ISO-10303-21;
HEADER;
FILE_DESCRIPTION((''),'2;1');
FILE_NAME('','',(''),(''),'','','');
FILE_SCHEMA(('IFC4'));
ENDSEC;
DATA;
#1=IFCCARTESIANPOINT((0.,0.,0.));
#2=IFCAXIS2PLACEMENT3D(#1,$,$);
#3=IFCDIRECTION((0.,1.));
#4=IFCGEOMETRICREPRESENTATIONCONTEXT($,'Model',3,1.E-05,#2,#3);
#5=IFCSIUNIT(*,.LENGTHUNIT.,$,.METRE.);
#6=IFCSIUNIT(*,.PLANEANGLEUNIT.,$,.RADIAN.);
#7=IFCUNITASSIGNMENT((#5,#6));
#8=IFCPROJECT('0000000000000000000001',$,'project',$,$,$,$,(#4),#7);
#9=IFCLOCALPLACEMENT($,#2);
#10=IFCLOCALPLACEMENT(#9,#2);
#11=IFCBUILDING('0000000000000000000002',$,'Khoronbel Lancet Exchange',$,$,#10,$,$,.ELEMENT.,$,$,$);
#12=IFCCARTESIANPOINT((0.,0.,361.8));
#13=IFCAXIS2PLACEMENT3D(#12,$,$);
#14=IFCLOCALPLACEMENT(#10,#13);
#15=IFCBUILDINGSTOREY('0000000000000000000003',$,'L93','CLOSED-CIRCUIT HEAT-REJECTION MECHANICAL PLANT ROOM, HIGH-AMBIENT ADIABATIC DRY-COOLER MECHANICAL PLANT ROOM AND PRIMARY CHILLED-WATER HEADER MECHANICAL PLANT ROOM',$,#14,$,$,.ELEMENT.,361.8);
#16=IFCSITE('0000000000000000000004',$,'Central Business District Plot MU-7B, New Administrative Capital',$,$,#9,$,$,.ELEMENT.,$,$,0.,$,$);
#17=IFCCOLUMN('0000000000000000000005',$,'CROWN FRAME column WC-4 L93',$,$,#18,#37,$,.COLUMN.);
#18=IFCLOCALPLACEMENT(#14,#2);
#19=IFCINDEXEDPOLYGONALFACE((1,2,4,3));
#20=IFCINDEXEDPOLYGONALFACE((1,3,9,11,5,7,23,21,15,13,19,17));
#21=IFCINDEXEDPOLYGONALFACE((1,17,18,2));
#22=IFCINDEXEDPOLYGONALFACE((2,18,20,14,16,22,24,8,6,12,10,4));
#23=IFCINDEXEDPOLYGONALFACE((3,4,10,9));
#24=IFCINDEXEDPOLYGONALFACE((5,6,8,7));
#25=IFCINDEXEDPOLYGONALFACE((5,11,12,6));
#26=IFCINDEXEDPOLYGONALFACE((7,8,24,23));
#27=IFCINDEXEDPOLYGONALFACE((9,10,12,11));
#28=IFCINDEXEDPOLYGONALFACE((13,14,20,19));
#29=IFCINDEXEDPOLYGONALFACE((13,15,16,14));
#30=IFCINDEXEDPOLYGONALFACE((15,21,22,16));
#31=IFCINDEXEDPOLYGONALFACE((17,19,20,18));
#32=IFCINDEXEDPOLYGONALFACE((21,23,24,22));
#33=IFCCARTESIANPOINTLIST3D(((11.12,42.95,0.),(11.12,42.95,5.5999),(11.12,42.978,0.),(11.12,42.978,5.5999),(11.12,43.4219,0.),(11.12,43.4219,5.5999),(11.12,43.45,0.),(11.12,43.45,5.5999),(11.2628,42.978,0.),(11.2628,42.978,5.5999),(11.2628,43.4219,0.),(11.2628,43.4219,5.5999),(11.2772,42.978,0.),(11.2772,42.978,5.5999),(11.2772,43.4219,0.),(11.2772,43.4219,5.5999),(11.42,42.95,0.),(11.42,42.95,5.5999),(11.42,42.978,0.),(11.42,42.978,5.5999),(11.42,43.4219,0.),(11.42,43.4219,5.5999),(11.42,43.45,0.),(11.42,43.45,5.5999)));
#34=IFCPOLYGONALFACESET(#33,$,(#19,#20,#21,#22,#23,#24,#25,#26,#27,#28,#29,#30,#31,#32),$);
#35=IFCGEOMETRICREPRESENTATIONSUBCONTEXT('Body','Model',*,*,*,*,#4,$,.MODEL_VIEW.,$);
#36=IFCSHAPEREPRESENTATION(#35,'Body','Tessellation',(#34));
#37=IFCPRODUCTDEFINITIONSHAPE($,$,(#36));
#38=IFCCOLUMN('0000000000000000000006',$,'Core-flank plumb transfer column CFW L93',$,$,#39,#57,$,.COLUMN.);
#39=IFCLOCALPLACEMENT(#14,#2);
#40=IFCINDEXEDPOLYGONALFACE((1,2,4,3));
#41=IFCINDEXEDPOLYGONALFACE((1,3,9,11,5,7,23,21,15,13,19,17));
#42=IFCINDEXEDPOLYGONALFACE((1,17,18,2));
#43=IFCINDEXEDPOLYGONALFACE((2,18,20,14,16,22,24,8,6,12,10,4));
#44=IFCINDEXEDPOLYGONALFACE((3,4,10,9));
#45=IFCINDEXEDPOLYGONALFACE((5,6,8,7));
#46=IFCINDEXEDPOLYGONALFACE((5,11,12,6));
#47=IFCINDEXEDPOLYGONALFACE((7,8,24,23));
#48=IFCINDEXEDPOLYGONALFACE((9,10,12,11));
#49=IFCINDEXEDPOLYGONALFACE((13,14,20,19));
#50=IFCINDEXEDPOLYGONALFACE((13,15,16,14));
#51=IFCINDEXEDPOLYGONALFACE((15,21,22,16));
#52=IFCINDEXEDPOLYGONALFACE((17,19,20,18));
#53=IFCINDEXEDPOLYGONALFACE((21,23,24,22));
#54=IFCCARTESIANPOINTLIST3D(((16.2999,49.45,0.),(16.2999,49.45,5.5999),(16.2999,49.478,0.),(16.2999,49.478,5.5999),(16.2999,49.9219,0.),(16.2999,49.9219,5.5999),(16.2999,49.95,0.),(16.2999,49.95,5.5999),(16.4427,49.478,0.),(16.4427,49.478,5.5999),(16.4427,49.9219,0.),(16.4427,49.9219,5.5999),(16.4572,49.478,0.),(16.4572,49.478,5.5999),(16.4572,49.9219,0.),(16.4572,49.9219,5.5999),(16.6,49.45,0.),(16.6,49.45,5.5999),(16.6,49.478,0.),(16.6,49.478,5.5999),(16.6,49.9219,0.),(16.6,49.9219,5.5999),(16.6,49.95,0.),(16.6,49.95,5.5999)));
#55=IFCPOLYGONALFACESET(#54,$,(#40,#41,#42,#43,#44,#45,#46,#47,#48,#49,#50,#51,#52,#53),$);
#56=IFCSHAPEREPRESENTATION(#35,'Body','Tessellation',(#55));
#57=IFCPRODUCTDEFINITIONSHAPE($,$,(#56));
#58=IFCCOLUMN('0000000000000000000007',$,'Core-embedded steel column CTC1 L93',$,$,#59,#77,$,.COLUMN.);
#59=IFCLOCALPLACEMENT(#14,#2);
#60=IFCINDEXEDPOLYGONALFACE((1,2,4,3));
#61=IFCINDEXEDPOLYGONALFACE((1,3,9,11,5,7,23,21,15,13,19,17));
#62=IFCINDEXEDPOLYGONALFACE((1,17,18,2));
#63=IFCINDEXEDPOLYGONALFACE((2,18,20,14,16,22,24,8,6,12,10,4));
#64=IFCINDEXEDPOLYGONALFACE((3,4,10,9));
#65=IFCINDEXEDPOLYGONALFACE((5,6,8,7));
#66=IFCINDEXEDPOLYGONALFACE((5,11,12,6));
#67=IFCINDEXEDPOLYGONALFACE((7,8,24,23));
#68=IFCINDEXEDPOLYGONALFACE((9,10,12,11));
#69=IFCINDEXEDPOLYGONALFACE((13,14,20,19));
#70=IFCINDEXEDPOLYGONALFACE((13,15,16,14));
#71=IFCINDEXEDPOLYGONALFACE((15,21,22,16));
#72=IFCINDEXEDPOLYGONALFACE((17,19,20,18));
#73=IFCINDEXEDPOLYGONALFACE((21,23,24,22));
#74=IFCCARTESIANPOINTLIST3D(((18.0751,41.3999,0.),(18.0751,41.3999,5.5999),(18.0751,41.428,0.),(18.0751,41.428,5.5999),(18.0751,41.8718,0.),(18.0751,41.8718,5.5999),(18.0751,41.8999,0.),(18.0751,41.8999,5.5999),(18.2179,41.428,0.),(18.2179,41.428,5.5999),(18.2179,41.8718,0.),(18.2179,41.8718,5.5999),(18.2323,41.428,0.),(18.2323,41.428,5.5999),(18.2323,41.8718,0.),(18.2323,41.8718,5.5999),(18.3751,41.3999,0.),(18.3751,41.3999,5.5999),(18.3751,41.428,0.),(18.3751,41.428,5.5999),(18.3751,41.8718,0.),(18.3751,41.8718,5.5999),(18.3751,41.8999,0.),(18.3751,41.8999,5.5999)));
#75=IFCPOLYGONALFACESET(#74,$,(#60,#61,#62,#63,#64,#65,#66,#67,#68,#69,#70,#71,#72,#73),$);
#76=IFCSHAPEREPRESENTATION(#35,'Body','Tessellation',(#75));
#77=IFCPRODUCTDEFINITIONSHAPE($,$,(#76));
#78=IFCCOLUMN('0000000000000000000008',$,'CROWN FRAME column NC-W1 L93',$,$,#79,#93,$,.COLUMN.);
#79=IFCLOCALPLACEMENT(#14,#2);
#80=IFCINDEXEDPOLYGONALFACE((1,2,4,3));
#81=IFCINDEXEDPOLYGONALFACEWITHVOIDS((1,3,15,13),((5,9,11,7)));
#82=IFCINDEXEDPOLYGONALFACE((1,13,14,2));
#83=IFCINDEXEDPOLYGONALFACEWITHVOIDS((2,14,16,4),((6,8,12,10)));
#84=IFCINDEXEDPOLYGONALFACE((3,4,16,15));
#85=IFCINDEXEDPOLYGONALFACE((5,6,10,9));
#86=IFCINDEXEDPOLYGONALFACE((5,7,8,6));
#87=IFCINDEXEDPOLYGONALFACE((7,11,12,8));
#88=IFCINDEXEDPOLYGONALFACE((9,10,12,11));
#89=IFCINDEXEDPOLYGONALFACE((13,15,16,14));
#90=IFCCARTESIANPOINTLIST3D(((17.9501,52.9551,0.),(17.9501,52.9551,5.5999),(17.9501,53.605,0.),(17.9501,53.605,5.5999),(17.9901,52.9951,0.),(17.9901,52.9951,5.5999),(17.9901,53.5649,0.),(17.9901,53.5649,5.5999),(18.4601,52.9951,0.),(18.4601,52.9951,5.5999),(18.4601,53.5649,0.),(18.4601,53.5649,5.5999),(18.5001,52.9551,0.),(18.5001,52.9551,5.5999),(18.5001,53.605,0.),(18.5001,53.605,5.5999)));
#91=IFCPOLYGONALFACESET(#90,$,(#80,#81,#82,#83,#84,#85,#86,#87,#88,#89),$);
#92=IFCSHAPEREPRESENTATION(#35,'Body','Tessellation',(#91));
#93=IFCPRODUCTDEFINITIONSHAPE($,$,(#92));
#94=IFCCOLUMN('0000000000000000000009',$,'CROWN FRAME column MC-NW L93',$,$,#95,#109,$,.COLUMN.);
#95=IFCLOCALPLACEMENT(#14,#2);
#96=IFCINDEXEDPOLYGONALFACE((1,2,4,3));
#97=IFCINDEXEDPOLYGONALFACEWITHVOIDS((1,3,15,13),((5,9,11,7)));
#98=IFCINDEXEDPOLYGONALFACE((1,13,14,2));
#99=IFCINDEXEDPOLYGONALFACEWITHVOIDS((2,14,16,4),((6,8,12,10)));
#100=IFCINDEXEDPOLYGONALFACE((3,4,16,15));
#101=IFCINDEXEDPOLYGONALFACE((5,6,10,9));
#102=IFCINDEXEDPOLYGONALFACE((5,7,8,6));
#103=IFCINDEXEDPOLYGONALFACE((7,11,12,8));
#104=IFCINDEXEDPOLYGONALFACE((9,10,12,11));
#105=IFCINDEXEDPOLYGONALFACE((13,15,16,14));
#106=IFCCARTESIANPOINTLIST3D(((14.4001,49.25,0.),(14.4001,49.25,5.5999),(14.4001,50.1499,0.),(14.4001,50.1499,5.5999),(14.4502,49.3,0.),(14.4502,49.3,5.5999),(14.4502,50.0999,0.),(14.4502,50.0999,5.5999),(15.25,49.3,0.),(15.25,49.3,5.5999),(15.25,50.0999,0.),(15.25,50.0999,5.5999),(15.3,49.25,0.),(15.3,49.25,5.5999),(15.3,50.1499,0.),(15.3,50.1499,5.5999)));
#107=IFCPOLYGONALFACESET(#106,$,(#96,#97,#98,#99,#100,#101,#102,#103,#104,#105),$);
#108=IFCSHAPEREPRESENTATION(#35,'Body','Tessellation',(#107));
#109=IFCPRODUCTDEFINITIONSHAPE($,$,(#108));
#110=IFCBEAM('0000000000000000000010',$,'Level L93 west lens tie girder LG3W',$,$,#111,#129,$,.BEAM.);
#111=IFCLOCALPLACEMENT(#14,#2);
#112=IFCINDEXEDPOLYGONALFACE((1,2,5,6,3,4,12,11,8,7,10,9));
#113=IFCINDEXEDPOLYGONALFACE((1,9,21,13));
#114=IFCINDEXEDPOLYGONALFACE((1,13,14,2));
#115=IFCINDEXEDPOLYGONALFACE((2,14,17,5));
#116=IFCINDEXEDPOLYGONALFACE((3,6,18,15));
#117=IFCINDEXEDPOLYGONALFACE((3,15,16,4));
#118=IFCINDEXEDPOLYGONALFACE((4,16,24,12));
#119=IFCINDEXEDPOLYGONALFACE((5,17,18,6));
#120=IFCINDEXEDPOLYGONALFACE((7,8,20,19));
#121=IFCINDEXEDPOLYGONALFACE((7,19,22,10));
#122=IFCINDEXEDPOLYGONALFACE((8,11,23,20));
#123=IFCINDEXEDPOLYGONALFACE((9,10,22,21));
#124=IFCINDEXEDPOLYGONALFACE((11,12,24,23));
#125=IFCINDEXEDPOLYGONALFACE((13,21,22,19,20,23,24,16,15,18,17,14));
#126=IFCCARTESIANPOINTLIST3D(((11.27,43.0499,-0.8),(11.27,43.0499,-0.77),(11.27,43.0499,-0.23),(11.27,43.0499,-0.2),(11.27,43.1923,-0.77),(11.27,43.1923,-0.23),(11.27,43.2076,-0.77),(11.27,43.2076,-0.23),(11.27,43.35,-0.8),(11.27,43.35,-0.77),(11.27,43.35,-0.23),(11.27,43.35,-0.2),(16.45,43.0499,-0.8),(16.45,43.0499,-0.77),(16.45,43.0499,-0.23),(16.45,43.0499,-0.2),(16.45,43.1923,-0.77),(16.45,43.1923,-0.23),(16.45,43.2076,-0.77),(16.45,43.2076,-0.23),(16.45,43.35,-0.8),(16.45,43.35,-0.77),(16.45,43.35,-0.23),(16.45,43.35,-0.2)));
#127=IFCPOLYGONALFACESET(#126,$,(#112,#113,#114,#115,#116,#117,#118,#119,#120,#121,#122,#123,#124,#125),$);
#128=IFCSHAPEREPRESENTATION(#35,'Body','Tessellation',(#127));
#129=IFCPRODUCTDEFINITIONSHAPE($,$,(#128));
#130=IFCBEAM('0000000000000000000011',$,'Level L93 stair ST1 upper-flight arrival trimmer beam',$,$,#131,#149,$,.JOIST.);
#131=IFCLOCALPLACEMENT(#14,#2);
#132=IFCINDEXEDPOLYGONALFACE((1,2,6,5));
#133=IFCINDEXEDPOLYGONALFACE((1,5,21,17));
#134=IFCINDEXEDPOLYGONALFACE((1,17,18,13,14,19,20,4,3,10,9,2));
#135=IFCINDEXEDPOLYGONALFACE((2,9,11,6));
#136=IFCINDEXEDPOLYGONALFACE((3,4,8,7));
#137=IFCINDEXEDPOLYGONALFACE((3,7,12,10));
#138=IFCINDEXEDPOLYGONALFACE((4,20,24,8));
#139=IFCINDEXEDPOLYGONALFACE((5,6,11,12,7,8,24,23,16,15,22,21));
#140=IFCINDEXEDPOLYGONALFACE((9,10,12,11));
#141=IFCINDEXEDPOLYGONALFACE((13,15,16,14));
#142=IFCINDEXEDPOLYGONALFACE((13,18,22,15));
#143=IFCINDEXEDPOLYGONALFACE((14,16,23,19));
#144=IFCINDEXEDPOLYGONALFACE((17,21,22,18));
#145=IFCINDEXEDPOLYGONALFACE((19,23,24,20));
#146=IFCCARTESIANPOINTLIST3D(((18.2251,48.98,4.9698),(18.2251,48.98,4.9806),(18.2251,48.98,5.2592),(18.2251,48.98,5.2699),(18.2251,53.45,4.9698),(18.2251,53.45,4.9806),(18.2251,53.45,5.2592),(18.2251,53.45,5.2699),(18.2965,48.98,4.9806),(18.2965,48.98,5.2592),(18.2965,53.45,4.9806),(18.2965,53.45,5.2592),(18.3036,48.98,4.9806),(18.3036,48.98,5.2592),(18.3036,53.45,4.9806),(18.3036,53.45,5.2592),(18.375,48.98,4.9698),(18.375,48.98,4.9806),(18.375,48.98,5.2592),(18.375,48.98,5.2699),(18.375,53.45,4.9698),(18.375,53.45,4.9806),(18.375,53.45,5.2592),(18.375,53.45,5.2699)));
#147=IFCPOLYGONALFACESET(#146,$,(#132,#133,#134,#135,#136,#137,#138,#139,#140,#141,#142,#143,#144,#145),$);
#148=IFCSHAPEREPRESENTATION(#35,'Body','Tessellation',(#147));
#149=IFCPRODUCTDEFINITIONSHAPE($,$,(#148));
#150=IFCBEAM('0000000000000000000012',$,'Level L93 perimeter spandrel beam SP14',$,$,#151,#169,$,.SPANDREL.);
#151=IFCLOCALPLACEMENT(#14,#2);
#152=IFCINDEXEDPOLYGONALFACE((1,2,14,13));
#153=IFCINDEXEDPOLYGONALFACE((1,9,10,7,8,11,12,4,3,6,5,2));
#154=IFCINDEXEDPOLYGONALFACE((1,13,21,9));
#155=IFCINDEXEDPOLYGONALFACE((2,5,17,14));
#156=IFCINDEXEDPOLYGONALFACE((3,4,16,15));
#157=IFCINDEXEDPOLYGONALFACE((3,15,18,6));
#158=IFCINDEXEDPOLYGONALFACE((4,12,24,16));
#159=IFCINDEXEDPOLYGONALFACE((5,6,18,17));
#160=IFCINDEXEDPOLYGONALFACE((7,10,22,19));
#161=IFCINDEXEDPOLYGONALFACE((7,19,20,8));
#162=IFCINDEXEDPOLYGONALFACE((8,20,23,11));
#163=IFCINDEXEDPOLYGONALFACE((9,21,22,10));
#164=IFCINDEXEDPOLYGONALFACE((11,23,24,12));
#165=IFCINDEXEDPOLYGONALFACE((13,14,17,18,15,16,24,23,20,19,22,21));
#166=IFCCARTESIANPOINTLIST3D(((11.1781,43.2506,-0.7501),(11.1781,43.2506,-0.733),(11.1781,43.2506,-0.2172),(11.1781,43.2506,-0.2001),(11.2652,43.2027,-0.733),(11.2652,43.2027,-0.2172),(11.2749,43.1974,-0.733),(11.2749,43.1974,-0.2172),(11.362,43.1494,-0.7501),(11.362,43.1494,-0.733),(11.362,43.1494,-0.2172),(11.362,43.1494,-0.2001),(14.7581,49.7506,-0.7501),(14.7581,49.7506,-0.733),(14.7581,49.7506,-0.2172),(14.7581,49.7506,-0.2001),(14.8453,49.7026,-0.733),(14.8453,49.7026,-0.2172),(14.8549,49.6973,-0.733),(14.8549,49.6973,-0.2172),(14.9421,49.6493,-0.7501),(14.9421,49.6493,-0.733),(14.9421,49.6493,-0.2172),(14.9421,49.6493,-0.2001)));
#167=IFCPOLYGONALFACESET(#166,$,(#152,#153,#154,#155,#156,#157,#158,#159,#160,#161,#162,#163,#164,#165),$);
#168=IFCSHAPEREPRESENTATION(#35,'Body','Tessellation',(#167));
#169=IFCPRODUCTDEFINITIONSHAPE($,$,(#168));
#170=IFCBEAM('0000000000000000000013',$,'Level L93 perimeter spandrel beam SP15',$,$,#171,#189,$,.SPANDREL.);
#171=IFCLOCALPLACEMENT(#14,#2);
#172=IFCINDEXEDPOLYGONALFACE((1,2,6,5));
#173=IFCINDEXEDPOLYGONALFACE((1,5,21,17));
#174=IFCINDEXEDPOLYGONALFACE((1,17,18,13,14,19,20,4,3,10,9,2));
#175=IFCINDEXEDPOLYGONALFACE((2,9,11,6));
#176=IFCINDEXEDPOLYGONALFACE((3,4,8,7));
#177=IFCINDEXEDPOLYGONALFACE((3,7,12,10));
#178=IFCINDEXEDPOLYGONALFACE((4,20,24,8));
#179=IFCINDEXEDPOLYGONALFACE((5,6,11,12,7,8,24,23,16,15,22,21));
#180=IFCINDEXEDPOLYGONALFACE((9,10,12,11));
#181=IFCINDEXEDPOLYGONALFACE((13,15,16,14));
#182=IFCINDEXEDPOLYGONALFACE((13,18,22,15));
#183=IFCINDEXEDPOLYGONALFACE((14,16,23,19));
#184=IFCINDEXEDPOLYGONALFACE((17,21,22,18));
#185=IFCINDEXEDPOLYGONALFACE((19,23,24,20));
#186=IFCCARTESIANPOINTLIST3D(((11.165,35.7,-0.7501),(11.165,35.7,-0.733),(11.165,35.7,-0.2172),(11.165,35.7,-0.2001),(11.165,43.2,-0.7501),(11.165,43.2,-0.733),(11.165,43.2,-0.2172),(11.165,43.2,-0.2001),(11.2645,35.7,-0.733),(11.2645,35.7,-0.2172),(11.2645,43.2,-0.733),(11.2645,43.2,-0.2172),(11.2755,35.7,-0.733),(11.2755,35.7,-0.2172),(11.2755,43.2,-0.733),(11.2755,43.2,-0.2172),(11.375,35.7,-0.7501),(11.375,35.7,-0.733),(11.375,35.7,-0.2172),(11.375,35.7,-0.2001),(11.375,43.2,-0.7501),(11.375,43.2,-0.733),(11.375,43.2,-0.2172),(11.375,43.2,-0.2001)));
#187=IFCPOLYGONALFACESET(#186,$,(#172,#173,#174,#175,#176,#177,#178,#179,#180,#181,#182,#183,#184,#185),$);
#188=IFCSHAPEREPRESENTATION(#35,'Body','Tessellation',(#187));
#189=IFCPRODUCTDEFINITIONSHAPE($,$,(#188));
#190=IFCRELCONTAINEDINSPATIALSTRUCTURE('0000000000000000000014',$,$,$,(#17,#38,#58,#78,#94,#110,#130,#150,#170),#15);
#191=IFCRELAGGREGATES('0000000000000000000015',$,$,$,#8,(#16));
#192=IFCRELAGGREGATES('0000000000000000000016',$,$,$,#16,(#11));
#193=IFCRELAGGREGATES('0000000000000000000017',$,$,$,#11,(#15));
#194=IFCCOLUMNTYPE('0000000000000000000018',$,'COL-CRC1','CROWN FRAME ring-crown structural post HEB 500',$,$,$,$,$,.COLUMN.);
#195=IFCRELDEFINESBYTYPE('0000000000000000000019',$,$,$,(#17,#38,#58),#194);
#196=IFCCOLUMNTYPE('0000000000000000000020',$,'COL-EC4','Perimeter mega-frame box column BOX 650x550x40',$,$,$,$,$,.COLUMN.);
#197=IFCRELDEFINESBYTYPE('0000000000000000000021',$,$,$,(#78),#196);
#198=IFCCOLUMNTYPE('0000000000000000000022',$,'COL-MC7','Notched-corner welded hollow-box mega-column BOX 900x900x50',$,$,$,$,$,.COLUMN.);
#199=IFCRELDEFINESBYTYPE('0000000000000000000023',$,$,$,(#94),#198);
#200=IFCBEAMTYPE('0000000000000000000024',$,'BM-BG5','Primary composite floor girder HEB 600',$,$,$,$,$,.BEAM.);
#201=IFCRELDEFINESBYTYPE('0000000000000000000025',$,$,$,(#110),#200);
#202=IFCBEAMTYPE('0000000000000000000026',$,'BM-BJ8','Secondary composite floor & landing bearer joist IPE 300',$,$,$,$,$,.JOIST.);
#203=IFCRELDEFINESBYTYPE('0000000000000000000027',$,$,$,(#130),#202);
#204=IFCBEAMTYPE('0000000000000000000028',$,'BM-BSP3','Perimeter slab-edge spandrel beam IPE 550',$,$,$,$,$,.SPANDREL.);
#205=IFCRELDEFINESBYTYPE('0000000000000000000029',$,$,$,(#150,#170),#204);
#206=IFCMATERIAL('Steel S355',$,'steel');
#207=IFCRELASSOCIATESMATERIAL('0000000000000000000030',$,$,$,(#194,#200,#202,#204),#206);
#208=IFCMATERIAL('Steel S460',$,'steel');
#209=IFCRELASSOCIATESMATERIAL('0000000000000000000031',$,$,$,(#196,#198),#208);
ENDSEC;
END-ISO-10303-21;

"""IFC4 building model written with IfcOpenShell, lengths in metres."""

from ifc_helpers import new_model, si_unit, direction, frame, origin, origin_2d, place, context, subcontext, project, spatial, hollow_rectangle, i_section, extrude, material, material_profile, profile_set, type_object, element, save


model = new_model("IFC4")

# Units and contexts
model_context = context("Model", 3, precision=1e-05, world=origin(), true_north=direction((0.0, 1.0)))
body_context = subcontext(model_context, "Body", "Model", "MODEL_VIEW")
ifc_project = project(units=[si_unit("LENGTHUNIT", "METRE"), si_unit("PLANEANGLEUNIT", "RADIAN")], contexts=[model_context])

# Site, building, storey
site_placement = place(None, origin())
site = spatial("IfcSite", under=ifc_project, at=site_placement, Name="Central Business District Plot MU-7B, New Administrative Capital", CompositionType="ELEMENT", RefElevation=0.0)
building_placement = place(site_placement, origin())
building = spatial("IfcBuilding", under=site, at=building_placement, Name="Khoronbel Lancet Exchange", CompositionType="ELEMENT")
storey_placement = place(building_placement, frame((0.0, 0.0, 361.8)))
storey = spatial("IfcBuildingStorey", under=building, at=storey_placement, Name="L93", Description="CLOSED-CIRCUIT HEAT-REJECTION MECHANICAL PLANT ROOM, HIGH-AMBIENT ADIABATIC DRY-COOLER MECHANICAL PLANT ROOM AND PRIMARY CHILLED-WATER HEADER MECHANICAL PLANT ROOM", CompositionType="ELEMENT", Elevation=361.8)

# Columns
ifc_material_1 = material(Name="Steel S355", Category="steel")
ifc_material_profile_1 = material_profile(ifc_material_1, i_section(OverallWidth=0.3, OverallDepth=0.5, WebThickness=0.0144, FlangeThickness=0.0281, at=origin_2d()), Name="HEB 500")
ifc_profile_set_1 = profile_set([ifc_material_profile_1], Name="Steel S355")
column_type_1 = type_object("IfcColumnType", Name="COL-CRC1", Description="CROWN FRAME ring-crown structural post HEB 500", PredefinedType="COLUMN", material=ifc_profile_set_1)
for number, where, z_axis, x_axis, name in (
    (1, (11.27, 43.2, 0.0), (0.0, 0.0, 1.0), (1.0, 0.0, 0.0), "CROWN FRAME column WC-4 L93"),
    (2, (16.45, 49.7, 0.0), (0.0, 0.0, 1.0), (1.0, 0.0, 0.0), "Core-flank plumb transfer column CFW L93"),
    (3, (18.2251, 41.6499, 0.0), (0.0, 0.0, 1.0), (1.0, 0.0, 0.0), "Core-embedded steel column CTC1 L93"),
):
    element("IfcColumn", number, at=place(storey_placement, frame(where, z_axis=z_axis, x_axis=x_axis)), inside=storey, type_object=column_type_1, Name=name, PredefinedType="COLUMN", context=body_context, shape_type="SweptSolid", body=[
        extrude(i_section(OverallWidth=0.3, OverallDepth=0.5, WebThickness=0.0144, FlangeThickness=0.0281, at=origin_2d()), origin(), (0.0, 0.0, 1.0), 5.5999),
    ])
ifc_material_2 = material(Name="Steel S460", Category="steel")
ifc_material_profile_2 = material_profile(ifc_material_2, hollow_rectangle(XDim=0.55, YDim=0.6499, WallThickness=0.04, at=origin_2d()), Name="BOX 650x550x40")
ifc_profile_set_2 = profile_set([ifc_material_profile_2], Name="Steel S460")
column_type_2 = type_object("IfcColumnType", Name="COL-EC4", Description="Perimeter mega-frame box column BOX 650x550x40", PredefinedType="COLUMN", material=ifc_profile_set_2)
column_1_placement = place(storey_placement, frame((18.2251, 53.28, 0.0), z_axis=(0.0, 0.0, 1.0), x_axis=(1.0, 0.0, 0.0)))
element("IfcColumn", 4, at=column_1_placement, inside=storey, type_object=column_type_2, Name="CROWN FRAME column NC-W1 L93", PredefinedType="COLUMN", context=body_context, shape_type="SweptSolid", body=[
    extrude(hollow_rectangle(XDim=0.55, YDim=0.6499, WallThickness=0.04, at=origin_2d()), origin(), (0.0, 0.0, 1.0), 5.5999),
])
ifc_material_profile_3 = material_profile(ifc_material_2, hollow_rectangle(XDim=0.8999, YDim=0.8999, WallThickness=0.05, at=origin_2d()), Name="BOX 900x900x50")
ifc_profile_set_3 = profile_set([ifc_material_profile_3], Name="Steel S460")
column_type_3 = type_object("IfcColumnType", Name="COL-MC7", Description="Notched-corner welded hollow-box mega-column BOX 900x900x50", PredefinedType="COLUMN", material=ifc_profile_set_3)
column_2_placement = place(storey_placement, frame((14.8501, 49.7, 0.0), z_axis=(0.0, 0.0, 1.0), x_axis=(1.0, 0.0, 0.0)))
element("IfcColumn", 5, at=column_2_placement, inside=storey, type_object=column_type_3, Name="CROWN FRAME column MC-NW L93", PredefinedType="COLUMN", context=body_context, shape_type="SweptSolid", body=[
    extrude(hollow_rectangle(XDim=0.8999, YDim=0.8999, WallThickness=0.05, at=origin_2d()), origin(), (0.0, 0.0, 1.0), 5.5999),
])

# Beams
ifc_material_profile_4 = material_profile(ifc_material_1, i_section(OverallWidth=0.3, OverallDepth=0.6001, WebThickness=0.0154, FlangeThickness=0.03, at=origin_2d()), Name="HEB 600")
ifc_profile_set_4 = profile_set([ifc_material_profile_4], Name="Steel S355")
beam_type_1 = type_object("IfcBeamType", Name="BM-BG5", Description="Primary composite floor girder HEB 600", PredefinedType="BEAM", material=ifc_profile_set_4)
beam_1_placement = place(storey_placement, frame((11.27, 43.2, -0.5), z_axis=(1.0, 0.0, 0.0), x_axis=(0.0, 1.0, 0.0)))
element("IfcBeam", 6, at=beam_1_placement, inside=storey, type_object=beam_type_1, Name="Level L93 west lens tie girder LG3W", PredefinedType="BEAM", context=body_context, shape_type="SweptSolid", body=[
    extrude(i_section(OverallWidth=0.3, OverallDepth=0.6001, WebThickness=0.0154, FlangeThickness=0.03, at=origin_2d()), origin(), (0.0, 0.0, 1.0), 5.1799),
])
ifc_material_profile_5 = material_profile(ifc_material_1, i_section(OverallWidth=0.1499, OverallDepth=0.3, WebThickness=0.0071, FlangeThickness=0.0107, at=origin_2d()), Name="IPE 300")
ifc_profile_set_5 = profile_set([ifc_material_profile_5], Name="Steel S355")
beam_type_2 = type_object("IfcBeamType", Name="BM-BJ8", Description="Secondary composite floor & landing bearer joist IPE 300", PredefinedType="JOIST", material=ifc_profile_set_5)
beam_2_placement = place(storey_placement, frame((18.3, 48.98, 5.1199), z_axis=(0.0, 1.0, 0.0), x_axis=(-1.0, 0.0, 0.0)))
element("IfcBeam", 7, at=beam_2_placement, inside=storey, type_object=beam_type_2, Name="Level L93 stair ST1 upper-flight arrival trimmer beam", PredefinedType="JOIST", context=body_context, shape_type="SweptSolid", body=[
    extrude(i_section(OverallWidth=0.1499, OverallDepth=0.3, WebThickness=0.0071, FlangeThickness=0.0107, at=origin_2d()), origin(), (0.0, 0.0, 1.0), 4.47),
])
ifc_material_profile_6 = material_profile(ifc_material_1, i_section(OverallWidth=0.21, OverallDepth=0.55, WebThickness=0.011, FlangeThickness=0.0171, at=origin_2d()), Name="IPE 550")
ifc_profile_set_6 = profile_set([ifc_material_profile_6], Name="Steel S355")
beam_type_3 = type_object("IfcBeamType", Name="BM-BSP3", Description="Perimeter slab-edge spandrel beam IPE 550", PredefinedType="SPANDREL", material=ifc_profile_set_6)
beam_3_placement = place(storey_placement, frame((14.8501, 49.7, -0.4751), z_axis=(-0.482444, -0.875927, 0.0), x_axis=(0.875927, -0.482444, 0.0)))
element("IfcBeam", 8, at=beam_3_placement, inside=storey, type_object=beam_type_3, Name="Level L93 perimeter spandrel beam SP14", PredefinedType="SPANDREL", context=body_context, shape_type="SweptSolid", body=[
    extrude(i_section(OverallWidth=0.21, OverallDepth=0.55, WebThickness=0.011, FlangeThickness=0.0171, at=origin_2d()), origin(), (0.0, 0.0, 1.0), 7.4207),
])
beam_4_placement = place(storey_placement, frame((11.27, 43.2, -0.4751), z_axis=(0.0, -1.0, 0.0), x_axis=(1.0, 0.0, 0.0)))
element("IfcBeam", 9, at=beam_4_placement, inside=storey, type_object=beam_type_3, Name="Level L93 perimeter spandrel beam SP15", PredefinedType="SPANDREL", context=body_context, shape_type="SweptSolid", body=[
    extrude(i_section(OverallWidth=0.21, OverallDepth=0.55, WebThickness=0.011, FlangeThickness=0.0171, at=origin_2d()), origin(), (0.0, 0.0, 1.0), 7.5),
])

save(model, "model.ifc")
